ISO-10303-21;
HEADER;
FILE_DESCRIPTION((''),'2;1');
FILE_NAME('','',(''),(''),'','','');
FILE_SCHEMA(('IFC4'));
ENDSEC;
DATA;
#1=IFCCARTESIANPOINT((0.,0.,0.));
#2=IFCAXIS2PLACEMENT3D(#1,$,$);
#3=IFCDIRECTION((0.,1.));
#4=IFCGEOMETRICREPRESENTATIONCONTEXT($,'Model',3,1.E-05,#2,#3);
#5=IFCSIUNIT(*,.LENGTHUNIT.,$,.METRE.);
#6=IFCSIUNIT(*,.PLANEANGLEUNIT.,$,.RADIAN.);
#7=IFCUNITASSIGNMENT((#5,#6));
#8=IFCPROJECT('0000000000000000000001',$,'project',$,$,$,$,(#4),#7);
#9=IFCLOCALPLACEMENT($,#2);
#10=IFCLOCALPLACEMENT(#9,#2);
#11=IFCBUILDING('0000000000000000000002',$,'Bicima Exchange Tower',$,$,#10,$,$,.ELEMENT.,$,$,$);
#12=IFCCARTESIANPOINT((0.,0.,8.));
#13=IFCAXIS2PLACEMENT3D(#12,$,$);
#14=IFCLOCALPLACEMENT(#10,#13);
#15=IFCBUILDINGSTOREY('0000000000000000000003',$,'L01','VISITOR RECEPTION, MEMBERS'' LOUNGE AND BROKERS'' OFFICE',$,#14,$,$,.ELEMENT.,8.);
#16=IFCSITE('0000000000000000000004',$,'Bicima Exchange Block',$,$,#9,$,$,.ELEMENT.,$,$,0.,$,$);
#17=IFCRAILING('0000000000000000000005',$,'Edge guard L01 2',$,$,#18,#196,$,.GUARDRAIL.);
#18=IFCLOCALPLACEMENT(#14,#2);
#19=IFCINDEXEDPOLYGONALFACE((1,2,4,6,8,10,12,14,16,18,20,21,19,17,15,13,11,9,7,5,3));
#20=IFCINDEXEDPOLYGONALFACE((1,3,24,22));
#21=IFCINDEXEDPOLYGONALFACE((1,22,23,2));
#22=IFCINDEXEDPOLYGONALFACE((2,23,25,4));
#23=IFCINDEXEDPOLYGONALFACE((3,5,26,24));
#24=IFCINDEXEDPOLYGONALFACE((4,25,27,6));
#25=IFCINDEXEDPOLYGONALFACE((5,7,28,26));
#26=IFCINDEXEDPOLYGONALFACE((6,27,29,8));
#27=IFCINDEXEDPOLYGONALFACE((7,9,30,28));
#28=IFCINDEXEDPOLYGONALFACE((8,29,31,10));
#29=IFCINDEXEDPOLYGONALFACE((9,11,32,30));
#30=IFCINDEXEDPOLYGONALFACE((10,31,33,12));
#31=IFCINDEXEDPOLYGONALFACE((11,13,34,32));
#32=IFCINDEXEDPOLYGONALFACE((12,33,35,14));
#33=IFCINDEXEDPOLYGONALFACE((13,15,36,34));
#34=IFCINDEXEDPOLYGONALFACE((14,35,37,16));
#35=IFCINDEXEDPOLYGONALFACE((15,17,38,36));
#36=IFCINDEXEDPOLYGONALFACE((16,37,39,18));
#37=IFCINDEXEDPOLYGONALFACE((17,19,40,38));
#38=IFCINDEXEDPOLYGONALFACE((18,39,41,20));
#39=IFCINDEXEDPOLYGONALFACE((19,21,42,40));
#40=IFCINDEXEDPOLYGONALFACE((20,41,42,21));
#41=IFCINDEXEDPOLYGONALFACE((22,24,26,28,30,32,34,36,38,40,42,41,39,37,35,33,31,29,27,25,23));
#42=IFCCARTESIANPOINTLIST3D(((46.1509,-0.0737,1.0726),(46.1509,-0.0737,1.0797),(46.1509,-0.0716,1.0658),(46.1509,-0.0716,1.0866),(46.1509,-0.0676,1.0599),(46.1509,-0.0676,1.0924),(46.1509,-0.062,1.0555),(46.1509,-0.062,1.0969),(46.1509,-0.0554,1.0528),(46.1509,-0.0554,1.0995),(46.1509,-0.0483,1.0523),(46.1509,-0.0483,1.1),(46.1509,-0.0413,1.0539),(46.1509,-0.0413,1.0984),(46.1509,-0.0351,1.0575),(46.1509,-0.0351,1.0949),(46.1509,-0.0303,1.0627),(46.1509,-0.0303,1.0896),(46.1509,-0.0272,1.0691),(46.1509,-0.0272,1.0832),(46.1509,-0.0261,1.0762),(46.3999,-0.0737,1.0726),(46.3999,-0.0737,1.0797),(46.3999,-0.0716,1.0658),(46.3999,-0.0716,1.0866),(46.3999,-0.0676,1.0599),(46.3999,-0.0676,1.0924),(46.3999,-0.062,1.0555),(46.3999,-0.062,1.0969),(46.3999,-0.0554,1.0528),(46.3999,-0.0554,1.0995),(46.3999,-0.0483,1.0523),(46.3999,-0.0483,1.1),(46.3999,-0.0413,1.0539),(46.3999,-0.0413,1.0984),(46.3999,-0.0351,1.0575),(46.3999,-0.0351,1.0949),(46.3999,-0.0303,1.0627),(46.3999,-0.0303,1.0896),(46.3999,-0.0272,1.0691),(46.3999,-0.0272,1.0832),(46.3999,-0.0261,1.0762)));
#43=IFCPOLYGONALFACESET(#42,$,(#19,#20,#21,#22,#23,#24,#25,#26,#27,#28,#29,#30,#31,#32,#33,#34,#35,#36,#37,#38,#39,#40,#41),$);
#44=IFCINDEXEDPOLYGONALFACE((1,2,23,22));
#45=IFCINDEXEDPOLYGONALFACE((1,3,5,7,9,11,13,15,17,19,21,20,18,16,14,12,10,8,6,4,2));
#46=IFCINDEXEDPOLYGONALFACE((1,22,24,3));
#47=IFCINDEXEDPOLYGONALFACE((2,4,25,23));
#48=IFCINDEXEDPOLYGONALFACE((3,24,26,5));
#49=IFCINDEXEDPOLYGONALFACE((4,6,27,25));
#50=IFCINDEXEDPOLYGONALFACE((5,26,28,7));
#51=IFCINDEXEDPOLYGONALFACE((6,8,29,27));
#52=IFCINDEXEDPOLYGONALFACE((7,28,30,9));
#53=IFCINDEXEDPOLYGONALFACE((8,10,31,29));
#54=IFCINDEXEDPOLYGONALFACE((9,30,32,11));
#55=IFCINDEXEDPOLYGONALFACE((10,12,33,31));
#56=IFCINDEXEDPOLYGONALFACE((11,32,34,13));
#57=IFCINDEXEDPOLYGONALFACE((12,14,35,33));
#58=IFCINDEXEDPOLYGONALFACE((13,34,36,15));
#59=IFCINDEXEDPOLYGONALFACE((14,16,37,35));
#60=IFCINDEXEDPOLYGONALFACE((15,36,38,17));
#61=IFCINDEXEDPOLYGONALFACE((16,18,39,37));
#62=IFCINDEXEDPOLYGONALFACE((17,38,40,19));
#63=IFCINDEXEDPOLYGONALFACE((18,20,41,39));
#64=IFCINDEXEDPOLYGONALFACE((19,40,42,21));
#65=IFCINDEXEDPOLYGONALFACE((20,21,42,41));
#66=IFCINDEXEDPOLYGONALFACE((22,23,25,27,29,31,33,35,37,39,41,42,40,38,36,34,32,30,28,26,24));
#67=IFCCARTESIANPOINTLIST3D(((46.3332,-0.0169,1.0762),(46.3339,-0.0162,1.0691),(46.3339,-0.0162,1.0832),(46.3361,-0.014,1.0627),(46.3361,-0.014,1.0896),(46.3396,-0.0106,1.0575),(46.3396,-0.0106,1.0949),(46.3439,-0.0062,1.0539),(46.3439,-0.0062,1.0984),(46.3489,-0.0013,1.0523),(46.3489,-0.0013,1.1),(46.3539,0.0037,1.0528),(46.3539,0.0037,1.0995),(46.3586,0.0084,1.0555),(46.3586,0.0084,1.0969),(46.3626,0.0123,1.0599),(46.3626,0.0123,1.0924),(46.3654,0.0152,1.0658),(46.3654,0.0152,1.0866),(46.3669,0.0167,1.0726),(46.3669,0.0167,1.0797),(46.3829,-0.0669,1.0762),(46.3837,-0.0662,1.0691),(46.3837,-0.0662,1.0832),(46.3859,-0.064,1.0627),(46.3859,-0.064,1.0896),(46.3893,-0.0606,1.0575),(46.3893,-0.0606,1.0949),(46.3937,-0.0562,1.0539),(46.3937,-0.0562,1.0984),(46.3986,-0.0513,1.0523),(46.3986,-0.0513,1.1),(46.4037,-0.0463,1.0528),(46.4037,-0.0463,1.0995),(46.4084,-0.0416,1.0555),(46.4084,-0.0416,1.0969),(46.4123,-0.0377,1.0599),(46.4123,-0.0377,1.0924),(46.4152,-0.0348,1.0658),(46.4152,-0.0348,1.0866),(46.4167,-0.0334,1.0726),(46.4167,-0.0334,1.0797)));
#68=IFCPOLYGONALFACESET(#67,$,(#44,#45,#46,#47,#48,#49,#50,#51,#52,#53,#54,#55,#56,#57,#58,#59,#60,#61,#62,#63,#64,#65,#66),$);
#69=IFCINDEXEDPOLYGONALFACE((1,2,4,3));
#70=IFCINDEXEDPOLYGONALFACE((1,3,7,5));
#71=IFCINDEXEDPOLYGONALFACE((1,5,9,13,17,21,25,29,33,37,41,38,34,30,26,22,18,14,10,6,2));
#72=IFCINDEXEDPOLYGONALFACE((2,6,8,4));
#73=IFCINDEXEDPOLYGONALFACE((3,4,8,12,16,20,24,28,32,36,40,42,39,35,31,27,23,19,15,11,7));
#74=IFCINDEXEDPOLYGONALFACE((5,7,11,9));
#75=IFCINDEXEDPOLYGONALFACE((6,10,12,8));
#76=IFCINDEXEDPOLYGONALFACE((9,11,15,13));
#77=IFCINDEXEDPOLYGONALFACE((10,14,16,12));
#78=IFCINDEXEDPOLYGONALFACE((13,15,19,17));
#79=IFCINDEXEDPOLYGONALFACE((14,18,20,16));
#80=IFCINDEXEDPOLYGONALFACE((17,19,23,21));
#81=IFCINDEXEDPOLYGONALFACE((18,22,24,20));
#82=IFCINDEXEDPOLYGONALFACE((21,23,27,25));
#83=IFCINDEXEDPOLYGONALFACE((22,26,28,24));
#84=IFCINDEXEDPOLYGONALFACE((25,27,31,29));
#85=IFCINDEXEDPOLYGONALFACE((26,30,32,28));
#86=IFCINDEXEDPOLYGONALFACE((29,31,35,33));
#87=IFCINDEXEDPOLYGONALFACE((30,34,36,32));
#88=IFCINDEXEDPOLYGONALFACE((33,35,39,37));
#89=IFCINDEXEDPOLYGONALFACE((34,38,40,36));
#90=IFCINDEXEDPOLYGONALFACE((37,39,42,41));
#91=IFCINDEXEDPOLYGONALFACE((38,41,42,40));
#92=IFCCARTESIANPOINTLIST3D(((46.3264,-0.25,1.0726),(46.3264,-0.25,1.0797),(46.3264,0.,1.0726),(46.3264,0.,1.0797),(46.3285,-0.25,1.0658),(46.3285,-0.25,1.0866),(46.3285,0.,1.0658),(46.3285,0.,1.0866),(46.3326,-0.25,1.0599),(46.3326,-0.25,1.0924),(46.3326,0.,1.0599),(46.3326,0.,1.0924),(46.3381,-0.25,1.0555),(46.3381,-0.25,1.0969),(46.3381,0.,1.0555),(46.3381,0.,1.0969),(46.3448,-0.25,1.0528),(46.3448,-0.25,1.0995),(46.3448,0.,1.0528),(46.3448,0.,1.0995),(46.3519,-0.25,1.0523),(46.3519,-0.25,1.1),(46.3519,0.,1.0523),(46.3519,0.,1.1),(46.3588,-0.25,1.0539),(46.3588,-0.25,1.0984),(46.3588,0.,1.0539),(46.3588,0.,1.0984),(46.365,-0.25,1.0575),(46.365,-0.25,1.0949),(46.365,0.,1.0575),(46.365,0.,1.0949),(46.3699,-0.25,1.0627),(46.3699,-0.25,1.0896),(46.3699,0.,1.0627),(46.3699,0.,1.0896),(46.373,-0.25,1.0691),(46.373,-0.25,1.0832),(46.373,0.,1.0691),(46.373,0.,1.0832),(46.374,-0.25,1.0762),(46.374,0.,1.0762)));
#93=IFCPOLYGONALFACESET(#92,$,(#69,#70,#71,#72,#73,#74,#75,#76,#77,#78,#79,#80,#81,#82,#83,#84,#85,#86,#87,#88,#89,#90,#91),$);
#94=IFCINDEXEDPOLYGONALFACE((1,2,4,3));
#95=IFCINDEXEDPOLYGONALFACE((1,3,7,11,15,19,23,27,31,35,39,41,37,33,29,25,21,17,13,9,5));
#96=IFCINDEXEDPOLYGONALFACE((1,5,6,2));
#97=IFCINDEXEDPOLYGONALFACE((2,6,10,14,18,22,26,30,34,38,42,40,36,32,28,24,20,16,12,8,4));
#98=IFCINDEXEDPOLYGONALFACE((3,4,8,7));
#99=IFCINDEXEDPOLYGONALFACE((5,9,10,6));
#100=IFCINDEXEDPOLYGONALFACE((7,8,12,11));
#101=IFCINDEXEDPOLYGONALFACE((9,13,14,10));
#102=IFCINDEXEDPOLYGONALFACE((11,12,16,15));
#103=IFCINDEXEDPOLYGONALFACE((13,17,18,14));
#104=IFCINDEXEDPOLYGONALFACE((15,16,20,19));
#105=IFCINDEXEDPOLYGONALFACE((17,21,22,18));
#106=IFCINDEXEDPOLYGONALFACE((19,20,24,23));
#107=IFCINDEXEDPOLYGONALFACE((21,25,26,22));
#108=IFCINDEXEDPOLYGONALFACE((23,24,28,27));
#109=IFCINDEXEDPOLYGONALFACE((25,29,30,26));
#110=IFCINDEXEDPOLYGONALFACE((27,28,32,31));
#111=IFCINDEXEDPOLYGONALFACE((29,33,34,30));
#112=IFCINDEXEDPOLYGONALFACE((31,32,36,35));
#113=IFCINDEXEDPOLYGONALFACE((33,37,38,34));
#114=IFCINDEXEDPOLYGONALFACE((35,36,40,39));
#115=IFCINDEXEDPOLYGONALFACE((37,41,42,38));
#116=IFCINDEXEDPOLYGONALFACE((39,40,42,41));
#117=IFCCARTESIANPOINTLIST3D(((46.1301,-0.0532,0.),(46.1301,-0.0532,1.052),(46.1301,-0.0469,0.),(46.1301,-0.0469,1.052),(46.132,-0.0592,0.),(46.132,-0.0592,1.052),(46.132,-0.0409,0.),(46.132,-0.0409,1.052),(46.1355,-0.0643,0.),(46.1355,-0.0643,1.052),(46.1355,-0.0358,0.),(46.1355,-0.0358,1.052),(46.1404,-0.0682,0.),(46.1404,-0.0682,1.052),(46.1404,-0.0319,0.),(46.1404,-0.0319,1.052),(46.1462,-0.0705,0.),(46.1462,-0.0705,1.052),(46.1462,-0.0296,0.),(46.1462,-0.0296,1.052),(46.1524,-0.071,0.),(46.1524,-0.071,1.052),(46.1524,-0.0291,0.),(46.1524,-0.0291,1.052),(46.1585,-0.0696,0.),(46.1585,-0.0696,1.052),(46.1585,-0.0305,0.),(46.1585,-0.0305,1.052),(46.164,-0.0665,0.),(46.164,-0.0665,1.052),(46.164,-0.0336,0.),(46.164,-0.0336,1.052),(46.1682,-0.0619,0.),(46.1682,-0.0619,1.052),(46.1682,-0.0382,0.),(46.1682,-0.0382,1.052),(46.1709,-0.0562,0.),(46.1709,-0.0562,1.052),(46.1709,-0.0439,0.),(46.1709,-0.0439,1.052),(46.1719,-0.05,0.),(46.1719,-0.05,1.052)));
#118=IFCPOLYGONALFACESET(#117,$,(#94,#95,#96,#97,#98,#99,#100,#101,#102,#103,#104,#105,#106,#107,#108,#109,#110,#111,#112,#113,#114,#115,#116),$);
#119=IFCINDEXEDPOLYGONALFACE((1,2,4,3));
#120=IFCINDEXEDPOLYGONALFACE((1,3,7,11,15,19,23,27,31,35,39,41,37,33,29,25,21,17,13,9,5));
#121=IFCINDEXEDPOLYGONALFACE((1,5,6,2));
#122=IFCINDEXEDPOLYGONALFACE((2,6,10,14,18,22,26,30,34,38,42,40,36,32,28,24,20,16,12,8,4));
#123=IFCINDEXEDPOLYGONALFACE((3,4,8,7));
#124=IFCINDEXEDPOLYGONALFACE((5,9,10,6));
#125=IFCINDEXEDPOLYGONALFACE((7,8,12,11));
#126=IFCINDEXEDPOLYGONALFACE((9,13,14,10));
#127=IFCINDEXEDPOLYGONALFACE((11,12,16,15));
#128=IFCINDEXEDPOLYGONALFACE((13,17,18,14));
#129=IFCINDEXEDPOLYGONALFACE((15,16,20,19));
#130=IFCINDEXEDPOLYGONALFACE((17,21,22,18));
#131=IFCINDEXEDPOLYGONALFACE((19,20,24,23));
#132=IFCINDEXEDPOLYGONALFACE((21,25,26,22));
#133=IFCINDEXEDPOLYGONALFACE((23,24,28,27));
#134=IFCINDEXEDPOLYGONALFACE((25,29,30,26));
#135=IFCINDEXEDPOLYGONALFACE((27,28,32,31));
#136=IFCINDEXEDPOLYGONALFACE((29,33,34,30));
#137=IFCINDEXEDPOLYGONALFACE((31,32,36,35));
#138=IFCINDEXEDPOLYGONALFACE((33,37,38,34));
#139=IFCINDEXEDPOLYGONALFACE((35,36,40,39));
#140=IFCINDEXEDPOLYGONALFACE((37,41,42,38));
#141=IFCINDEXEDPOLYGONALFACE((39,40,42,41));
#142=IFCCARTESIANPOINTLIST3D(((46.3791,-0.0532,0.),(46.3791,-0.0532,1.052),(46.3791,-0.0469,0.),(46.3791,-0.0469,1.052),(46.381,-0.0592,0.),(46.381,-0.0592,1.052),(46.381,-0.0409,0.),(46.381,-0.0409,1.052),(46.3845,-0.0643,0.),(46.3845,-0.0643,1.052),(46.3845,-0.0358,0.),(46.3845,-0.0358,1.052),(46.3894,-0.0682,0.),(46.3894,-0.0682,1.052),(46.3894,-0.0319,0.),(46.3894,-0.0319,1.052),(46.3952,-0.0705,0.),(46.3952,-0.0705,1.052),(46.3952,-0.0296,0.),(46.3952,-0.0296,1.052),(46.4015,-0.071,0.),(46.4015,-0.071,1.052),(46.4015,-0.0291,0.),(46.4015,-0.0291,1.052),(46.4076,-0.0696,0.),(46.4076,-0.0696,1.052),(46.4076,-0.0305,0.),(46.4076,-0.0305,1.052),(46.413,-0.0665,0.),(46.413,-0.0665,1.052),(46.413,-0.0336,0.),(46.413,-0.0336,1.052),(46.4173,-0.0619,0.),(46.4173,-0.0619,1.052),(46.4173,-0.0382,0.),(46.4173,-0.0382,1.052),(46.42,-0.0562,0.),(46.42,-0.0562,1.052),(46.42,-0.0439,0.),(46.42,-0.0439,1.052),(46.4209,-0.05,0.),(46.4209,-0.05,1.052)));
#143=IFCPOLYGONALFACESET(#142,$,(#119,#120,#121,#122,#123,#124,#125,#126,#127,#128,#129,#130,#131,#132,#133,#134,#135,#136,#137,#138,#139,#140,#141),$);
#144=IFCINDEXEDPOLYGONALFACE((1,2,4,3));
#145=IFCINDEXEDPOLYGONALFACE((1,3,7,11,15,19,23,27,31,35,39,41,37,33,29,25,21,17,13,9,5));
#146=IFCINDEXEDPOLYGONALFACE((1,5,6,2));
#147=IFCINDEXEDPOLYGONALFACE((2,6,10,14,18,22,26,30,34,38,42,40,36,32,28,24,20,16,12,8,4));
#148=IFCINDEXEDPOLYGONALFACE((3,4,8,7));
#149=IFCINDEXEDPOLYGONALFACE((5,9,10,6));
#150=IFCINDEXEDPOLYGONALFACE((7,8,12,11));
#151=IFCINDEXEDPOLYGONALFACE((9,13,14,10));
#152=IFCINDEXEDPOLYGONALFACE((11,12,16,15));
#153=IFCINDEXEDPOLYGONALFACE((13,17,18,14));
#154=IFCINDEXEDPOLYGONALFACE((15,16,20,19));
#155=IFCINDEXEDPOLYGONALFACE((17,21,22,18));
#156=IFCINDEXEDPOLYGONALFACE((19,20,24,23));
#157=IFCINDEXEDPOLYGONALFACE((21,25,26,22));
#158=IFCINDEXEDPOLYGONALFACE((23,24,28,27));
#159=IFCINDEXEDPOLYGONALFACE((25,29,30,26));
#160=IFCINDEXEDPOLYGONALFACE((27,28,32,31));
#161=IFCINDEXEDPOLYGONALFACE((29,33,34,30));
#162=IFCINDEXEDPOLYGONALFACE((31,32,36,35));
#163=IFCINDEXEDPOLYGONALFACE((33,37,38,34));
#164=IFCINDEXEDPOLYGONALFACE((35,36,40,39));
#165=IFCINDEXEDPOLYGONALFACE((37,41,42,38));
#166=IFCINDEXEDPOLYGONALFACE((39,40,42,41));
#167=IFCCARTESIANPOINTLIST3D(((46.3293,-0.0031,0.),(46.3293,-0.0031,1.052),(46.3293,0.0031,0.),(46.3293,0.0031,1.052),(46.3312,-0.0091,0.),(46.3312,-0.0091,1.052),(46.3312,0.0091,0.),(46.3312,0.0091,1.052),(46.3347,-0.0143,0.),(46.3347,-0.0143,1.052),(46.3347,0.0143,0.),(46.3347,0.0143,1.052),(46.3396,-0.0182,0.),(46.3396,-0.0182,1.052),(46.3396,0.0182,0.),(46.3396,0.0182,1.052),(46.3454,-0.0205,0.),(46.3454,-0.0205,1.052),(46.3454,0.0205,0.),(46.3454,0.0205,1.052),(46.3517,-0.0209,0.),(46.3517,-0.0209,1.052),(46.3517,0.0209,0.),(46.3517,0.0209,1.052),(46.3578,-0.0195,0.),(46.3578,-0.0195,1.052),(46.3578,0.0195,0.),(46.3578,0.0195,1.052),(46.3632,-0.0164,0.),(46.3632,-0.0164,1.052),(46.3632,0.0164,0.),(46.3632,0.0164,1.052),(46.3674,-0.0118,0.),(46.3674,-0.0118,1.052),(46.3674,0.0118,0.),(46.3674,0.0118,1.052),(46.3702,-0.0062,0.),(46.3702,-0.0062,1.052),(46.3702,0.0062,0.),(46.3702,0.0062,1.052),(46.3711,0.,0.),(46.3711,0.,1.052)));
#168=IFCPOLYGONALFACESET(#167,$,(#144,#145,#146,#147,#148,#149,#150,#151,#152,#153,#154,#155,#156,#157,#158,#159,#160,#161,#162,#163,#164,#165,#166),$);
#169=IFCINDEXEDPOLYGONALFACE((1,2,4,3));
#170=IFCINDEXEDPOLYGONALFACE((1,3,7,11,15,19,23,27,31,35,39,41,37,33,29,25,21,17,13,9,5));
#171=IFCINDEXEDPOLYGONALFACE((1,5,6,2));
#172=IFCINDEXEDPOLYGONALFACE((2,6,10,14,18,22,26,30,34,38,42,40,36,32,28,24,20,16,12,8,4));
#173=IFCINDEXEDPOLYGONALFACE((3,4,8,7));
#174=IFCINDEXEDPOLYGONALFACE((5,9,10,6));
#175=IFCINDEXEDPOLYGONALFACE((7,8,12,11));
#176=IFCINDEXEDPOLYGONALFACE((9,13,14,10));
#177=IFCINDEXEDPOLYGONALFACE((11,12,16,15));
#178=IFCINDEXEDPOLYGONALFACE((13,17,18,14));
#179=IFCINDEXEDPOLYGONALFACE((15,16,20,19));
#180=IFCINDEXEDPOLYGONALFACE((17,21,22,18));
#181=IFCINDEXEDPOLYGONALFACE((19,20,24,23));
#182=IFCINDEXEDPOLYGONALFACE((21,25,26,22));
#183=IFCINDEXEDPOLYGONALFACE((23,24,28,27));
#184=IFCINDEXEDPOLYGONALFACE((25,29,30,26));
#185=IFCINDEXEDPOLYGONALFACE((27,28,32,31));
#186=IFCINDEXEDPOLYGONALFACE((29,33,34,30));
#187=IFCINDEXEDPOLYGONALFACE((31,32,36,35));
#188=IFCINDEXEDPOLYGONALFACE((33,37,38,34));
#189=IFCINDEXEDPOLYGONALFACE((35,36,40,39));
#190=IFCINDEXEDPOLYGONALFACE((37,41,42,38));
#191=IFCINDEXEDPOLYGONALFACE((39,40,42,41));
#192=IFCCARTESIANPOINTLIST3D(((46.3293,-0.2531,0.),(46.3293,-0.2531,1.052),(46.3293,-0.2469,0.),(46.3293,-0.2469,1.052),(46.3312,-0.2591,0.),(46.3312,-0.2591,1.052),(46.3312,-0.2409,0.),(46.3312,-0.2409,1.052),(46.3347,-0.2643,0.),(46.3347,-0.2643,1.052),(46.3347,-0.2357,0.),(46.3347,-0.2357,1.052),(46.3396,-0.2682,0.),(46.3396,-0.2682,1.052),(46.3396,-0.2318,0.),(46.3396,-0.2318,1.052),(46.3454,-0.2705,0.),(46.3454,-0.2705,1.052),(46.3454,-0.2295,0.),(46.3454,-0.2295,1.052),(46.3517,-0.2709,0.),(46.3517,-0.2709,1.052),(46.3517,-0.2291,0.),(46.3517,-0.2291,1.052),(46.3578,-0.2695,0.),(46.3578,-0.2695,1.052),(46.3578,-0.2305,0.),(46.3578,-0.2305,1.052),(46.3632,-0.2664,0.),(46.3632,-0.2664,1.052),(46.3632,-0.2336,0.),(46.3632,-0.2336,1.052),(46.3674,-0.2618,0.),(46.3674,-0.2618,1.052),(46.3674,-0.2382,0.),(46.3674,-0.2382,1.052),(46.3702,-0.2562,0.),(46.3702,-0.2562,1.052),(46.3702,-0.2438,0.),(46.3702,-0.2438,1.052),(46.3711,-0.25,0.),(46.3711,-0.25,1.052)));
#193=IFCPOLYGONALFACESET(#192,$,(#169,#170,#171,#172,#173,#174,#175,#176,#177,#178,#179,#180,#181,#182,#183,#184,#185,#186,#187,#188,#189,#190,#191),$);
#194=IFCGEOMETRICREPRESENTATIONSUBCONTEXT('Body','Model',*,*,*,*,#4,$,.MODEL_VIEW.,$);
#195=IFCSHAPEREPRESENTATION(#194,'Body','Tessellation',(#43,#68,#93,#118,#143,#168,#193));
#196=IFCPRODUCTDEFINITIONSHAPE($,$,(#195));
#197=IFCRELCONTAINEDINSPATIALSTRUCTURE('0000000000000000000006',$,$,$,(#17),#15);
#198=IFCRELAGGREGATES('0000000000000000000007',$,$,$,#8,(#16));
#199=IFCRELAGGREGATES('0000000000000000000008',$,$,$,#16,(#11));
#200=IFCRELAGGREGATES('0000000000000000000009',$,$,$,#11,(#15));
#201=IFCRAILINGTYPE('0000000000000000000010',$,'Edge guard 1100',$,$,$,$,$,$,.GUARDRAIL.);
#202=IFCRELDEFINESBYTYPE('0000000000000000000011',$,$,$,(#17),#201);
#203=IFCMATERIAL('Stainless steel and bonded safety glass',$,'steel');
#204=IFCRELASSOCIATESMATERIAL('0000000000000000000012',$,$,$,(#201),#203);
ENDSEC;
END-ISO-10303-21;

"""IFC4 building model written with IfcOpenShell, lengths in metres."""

from ifc_helpers import new_model, si_unit, direction, frame, origin, origin_2d, place, context, subcontext, project, spatial, circle, extrude, material, type_object, element, save


model = new_model("IFC4")

# Units and contexts
model_context = context("Model", 3, precision=1e-05, world=origin(), true_north=direction((0.0, 1.0)))
body_context = subcontext(model_context, "Body", "Model", "MODEL_VIEW")
ifc_project = project(units=[si_unit("LENGTHUNIT", "METRE"), si_unit("PLANEANGLEUNIT", "RADIAN")], contexts=[model_context])

# Site, building, storey
site_placement = place(None, origin())
site = spatial("IfcSite", under=ifc_project, at=site_placement, Name="Bicima Exchange Block", CompositionType="ELEMENT", RefElevation=0.0)
building_placement = place(site_placement, origin())
building = spatial("IfcBuilding", under=site, at=building_placement, Name="Bicima Exchange Tower", CompositionType="ELEMENT")
storey_placement = place(building_placement, frame((0.0, 0.0, 8.0)))
storey = spatial("IfcBuildingStorey", under=building, at=storey_placement, Name="L01", Description="VISITOR RECEPTION, MEMBERS' LOUNGE AND BROKERS' OFFICE", CompositionType="ELEMENT", Elevation=8.0)

# Railing
ifc_material_1 = material(Name="Stainless steel and bonded safety glass", Category="steel")
railing_type = type_object("IfcRailingType", Name="Edge guard 1100", PredefinedType="GUARDRAIL", material=ifc_material_1)
railing_placement = place(storey_placement, frame((46.1509, -0.05, 0.0)))
element("IfcRailing", 1, at=railing_placement, inside=storey, type_object=railing_type, Name="Edge guard L01 2", PredefinedType="GUARDRAIL", context=body_context, shape_type="SweptSolid", body=[
    extrude(circle(Radius=0.0239, at=origin_2d()), frame((0.0, 0.0, 1.0762), z_axis=(1.0, 0.0, 0.0), x_axis=(0.0, 1.0, 0.0)), (0.0, 0.0, 1.0), 0.249),
    extrude(circle(Radius=0.0239, at=origin_2d()), frame((0.249, 0.0, 1.0762), z_axis=(-0.705376, 0.708834, 0.0), x_axis=(-0.708834, -0.705376, 0.0)), (0.0, 0.0, 1.0), 0.0706),
    extrude(circle(Radius=0.0239, at=origin_2d()), frame((0.1992, 0.05, 1.0762), z_axis=(0.0, -1.0, 0.0), x_axis=(1.0, 0.0, 0.0)), (0.0, 0.0, 1.0), 0.25),
    extrude(circle(Radius=0.021, at=origin_2d()), origin(), (0.0, 0.0, 1.0), 1.052),
    extrude(circle(Radius=0.021, at=origin_2d()), frame((0.249, 0.0, 0.0)), (0.0, 0.0, 1.0), 1.052),
    extrude(circle(Radius=0.021, at=origin_2d()), frame((0.1992, 0.05, 0.0)), (0.0, 0.0, 1.0), 1.052),
    extrude(circle(Radius=0.021, at=origin_2d()), frame((0.1992, -0.2, 0.0)), (0.0, 0.0, 1.0), 1.052),
])

save(model, "model.ifc")
